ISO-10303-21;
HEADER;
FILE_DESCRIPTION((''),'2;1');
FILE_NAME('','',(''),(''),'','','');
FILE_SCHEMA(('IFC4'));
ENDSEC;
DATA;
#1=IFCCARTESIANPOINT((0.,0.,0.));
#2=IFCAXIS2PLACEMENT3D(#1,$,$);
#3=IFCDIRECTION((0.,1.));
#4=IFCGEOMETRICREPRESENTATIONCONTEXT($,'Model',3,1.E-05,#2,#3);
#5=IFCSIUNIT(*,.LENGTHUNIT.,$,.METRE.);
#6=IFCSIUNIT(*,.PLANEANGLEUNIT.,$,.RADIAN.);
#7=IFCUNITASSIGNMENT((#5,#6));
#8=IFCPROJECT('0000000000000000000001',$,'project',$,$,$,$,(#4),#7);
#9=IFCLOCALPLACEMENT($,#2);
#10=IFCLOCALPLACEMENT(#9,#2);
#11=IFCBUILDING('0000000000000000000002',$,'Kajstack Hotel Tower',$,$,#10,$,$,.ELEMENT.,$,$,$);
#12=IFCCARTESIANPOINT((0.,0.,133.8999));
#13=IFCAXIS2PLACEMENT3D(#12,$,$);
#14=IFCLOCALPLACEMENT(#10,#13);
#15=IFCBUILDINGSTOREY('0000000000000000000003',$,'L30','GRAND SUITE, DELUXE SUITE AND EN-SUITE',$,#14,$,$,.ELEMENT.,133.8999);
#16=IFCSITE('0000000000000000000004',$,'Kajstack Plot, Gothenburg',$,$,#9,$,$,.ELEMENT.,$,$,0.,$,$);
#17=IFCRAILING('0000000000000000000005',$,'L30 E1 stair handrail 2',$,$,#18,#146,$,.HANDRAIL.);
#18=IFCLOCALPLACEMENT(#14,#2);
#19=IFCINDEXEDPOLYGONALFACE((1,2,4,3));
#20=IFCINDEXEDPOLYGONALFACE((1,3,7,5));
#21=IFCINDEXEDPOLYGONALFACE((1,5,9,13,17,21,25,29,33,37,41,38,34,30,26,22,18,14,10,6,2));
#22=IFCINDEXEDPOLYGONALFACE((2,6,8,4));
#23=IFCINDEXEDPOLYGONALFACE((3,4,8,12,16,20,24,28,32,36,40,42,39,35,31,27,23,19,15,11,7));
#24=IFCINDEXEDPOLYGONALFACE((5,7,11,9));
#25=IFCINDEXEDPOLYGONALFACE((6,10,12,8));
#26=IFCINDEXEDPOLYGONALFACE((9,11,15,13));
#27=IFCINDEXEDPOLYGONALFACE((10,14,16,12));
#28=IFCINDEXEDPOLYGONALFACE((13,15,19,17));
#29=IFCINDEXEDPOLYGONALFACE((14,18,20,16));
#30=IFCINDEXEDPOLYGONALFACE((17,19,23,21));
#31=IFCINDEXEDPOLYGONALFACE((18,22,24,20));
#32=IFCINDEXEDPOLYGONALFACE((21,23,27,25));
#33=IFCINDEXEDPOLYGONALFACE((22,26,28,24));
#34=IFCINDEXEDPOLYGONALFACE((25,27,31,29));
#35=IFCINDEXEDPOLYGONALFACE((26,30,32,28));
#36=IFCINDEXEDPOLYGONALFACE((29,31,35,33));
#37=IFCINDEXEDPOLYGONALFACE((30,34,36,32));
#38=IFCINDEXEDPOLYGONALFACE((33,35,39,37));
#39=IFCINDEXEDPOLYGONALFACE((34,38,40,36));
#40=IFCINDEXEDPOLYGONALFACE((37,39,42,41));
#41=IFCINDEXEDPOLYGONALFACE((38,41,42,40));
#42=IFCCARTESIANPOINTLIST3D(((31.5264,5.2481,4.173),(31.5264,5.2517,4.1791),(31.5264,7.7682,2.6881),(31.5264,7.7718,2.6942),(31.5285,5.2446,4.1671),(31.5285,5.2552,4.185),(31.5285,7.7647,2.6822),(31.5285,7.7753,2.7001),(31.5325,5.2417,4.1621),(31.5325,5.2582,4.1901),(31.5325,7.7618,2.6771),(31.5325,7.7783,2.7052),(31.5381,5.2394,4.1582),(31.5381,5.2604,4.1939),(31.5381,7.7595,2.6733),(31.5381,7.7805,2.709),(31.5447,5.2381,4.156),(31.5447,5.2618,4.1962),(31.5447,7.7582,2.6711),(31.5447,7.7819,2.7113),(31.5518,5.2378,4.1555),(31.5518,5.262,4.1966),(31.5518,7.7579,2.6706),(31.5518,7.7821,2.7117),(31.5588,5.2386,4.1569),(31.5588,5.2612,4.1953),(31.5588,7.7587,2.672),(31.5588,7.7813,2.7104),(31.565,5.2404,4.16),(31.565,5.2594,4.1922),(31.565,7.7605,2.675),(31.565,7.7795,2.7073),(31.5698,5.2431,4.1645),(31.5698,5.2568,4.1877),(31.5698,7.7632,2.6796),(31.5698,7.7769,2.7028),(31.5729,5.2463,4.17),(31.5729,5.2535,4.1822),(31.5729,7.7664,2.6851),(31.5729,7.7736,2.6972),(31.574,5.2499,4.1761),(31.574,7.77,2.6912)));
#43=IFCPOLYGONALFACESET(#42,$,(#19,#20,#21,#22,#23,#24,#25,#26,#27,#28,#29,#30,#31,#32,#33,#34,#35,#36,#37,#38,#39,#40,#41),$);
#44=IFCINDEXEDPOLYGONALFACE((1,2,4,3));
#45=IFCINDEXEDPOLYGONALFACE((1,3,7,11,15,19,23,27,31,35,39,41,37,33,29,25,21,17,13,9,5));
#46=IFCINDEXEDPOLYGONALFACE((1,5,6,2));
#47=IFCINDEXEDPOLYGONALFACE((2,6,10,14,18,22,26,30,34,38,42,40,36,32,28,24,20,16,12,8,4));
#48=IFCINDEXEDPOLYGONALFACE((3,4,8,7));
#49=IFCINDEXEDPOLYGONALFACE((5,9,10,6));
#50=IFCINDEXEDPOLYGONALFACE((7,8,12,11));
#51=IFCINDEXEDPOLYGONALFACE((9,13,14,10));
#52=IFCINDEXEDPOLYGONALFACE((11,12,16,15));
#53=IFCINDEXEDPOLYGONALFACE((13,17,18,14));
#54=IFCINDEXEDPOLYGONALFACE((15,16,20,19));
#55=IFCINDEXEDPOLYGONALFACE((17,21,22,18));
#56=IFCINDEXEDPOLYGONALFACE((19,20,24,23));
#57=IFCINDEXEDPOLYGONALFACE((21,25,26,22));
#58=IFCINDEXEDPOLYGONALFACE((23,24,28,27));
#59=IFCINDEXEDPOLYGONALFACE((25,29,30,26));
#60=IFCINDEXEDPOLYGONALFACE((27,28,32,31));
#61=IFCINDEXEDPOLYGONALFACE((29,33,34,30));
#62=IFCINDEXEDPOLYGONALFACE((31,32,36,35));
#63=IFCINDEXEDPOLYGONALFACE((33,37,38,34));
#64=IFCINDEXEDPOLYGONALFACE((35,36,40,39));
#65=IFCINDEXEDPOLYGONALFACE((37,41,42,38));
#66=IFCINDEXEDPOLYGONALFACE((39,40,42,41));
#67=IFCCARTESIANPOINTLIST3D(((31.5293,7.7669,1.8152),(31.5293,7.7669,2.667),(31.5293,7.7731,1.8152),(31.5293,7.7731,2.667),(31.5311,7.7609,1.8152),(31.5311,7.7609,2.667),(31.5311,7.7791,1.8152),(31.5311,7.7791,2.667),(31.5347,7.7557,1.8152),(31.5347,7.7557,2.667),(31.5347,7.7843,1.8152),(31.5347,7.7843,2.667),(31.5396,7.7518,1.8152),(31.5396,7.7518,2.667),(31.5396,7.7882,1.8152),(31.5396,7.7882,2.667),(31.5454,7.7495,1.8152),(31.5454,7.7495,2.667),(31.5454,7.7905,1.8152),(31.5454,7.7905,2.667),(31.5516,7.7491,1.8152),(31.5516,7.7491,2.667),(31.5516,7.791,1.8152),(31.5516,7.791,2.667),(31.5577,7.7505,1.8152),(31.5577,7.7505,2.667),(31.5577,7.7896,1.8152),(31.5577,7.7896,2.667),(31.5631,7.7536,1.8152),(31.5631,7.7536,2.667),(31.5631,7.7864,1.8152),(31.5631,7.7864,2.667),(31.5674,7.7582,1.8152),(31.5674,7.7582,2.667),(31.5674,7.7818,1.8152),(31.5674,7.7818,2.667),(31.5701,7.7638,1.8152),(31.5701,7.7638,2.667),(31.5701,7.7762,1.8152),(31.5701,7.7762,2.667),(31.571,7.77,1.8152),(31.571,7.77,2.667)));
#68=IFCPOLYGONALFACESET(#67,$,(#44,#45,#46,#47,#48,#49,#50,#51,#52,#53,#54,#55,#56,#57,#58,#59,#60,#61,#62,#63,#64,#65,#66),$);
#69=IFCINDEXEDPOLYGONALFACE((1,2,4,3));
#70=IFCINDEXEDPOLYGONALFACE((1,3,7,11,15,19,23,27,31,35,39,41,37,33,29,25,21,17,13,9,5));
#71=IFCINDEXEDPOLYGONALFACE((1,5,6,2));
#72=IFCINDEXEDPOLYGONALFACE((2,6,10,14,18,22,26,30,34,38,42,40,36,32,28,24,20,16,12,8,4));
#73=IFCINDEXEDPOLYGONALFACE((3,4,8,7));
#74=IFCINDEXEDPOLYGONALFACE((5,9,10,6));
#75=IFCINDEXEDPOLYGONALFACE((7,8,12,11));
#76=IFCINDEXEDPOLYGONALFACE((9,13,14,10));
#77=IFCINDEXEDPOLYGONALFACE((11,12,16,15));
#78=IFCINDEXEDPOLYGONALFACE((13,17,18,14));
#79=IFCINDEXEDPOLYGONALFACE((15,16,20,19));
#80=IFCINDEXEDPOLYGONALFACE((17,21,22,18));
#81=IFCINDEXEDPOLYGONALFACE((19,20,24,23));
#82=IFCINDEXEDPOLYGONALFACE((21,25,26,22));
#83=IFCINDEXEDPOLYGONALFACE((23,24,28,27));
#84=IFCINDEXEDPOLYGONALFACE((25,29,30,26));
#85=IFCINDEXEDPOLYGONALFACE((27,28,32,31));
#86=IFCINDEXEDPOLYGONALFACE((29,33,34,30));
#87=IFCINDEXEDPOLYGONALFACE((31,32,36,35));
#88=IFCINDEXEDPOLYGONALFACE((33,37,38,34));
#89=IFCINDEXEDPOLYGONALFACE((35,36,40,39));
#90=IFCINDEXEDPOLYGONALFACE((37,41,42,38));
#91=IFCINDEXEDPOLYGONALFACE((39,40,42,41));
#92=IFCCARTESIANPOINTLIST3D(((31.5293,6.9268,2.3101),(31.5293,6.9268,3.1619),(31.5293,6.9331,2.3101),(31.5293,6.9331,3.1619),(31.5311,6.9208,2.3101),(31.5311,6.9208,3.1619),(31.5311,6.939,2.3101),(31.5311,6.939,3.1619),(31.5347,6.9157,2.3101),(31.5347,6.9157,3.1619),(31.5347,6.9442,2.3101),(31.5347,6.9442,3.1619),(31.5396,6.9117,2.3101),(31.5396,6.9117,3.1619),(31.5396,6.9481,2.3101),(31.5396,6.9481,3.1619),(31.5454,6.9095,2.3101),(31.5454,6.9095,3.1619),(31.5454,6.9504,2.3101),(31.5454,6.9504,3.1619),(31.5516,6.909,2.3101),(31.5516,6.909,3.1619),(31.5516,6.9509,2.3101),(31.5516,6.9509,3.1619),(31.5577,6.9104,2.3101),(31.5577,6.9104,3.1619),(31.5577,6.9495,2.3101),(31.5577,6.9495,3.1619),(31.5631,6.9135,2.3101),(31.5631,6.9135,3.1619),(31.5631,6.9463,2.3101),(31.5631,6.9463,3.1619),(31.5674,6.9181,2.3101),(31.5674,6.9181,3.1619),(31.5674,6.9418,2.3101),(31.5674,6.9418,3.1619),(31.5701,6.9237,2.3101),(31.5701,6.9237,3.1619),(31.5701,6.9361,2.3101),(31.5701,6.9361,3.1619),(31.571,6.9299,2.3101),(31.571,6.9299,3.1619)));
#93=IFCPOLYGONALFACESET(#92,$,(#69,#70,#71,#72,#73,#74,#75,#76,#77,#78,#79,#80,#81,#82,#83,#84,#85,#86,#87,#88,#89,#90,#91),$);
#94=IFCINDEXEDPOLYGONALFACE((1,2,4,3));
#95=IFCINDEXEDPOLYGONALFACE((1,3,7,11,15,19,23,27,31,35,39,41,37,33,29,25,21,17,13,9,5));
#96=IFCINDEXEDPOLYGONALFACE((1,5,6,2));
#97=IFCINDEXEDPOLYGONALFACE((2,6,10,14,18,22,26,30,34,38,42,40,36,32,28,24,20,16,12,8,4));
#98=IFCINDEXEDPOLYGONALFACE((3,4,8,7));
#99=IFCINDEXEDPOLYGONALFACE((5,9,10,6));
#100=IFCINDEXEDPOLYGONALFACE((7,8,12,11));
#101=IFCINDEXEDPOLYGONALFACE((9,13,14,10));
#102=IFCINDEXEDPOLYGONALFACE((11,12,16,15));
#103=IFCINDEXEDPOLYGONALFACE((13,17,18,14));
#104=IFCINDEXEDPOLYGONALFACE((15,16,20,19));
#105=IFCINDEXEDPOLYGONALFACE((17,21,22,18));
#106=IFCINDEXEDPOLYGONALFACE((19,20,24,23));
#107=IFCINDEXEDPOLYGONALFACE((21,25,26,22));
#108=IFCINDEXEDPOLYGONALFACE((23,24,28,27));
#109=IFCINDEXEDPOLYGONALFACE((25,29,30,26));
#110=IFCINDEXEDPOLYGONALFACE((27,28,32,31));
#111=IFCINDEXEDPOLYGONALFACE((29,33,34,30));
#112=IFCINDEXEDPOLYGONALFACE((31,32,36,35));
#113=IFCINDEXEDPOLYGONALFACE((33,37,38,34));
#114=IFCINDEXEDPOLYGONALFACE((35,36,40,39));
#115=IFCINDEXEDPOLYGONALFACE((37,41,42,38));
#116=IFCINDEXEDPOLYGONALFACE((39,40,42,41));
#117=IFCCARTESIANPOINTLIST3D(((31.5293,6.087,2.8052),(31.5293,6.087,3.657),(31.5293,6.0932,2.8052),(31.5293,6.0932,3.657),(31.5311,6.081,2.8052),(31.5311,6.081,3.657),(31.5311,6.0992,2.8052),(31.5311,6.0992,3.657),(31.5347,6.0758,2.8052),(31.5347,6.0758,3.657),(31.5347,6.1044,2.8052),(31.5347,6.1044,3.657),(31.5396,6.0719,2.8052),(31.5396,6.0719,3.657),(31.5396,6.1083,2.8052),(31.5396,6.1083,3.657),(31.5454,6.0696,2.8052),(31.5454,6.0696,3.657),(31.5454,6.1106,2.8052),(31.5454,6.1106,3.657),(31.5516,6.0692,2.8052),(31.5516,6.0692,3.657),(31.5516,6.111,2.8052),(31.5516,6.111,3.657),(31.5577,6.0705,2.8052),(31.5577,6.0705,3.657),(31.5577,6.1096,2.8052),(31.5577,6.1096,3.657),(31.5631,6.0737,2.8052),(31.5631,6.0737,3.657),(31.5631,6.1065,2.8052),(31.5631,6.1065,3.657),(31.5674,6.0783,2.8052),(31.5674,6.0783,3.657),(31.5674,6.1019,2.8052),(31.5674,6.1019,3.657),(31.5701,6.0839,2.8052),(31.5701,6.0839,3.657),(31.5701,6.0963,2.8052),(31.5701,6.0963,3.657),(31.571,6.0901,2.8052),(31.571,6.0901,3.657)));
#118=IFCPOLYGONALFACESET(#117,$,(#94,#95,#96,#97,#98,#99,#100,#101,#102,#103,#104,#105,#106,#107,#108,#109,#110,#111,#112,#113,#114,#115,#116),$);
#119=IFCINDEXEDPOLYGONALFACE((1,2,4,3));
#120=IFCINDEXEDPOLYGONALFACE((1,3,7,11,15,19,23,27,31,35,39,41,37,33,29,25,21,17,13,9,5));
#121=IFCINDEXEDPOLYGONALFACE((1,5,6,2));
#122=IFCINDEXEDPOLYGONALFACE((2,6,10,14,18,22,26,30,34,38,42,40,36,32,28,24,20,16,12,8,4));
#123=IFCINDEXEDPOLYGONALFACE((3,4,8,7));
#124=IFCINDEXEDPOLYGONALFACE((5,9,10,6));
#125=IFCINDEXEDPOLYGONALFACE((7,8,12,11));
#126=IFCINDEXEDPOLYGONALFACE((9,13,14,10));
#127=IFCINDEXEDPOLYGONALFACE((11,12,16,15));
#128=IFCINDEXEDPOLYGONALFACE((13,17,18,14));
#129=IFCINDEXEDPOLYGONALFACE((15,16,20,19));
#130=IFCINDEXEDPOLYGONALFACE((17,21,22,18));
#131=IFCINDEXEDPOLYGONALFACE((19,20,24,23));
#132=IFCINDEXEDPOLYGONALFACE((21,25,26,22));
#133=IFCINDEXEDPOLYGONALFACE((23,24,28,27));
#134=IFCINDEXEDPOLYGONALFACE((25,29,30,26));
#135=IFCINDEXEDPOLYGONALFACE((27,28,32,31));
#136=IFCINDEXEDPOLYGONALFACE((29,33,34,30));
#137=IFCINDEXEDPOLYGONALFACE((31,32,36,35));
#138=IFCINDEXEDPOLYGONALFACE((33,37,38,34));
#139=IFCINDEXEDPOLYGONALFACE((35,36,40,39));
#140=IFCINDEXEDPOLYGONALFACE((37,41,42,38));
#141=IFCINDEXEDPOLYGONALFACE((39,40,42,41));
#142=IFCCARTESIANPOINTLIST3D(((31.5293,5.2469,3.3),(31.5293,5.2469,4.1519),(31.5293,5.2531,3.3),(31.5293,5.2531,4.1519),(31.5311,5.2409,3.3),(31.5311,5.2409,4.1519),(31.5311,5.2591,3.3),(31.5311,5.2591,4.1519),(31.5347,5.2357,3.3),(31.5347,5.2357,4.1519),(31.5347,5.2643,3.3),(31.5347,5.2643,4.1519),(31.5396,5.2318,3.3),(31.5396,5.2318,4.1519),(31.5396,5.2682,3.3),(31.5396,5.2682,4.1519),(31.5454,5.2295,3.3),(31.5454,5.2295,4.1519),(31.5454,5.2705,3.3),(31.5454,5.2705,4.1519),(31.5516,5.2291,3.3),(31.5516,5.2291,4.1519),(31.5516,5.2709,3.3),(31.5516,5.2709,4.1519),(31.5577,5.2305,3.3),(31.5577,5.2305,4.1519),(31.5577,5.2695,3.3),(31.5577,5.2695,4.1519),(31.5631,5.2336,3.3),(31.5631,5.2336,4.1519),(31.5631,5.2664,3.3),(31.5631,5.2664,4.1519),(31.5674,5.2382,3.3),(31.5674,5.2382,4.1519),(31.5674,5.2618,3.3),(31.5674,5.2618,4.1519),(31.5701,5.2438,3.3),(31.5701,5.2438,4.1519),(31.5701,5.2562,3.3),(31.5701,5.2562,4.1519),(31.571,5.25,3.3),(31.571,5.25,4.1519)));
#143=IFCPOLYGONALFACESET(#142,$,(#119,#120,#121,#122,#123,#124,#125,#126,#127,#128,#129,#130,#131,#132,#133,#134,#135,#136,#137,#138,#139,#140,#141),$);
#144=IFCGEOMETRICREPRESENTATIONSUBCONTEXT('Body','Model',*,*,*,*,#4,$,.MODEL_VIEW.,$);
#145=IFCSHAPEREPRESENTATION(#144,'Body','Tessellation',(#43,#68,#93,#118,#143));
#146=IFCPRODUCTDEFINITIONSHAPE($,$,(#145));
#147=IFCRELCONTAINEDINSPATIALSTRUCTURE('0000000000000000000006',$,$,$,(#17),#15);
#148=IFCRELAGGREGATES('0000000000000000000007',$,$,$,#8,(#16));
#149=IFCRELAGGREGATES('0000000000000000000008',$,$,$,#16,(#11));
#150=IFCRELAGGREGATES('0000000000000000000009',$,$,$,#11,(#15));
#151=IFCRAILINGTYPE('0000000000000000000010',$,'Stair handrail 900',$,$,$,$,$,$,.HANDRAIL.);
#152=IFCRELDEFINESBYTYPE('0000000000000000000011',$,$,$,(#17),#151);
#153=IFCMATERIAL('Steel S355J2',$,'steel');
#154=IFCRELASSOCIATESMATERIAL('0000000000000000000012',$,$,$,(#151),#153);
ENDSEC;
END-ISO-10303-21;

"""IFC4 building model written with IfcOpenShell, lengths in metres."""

from ifc_helpers import new_model, si_unit, direction, frame, origin, origin_2d, place, context, subcontext, project, spatial, circle, extrude, material, type_object, element, save


model = new_model("IFC4")

# Units and contexts
model_context = context("Model", 3, precision=1e-05, world=origin(), true_north=direction((0.0, 1.0)))
body_context = subcontext(model_context, "Body", "Model", "MODEL_VIEW")
ifc_project = project(units=[si_unit("LENGTHUNIT", "METRE"), si_unit("PLANEANGLEUNIT", "RADIAN")], contexts=[model_context])

# Site, building, storey
site_placement = place(None, origin())
site = spatial("IfcSite", under=ifc_project, at=site_placement, Name="Kajstack Plot, Gothenburg", CompositionType="ELEMENT", RefElevation=0.0)
building_placement = place(site_placement, origin())
building = spatial("IfcBuilding", under=site, at=building_placement, Name="Kajstack Hotel Tower", CompositionType="ELEMENT")
storey_placement = place(building_placement, frame((0.0, 0.0, 133.8999)))
storey = spatial("IfcBuildingStorey", under=building, at=storey_placement, Name="L30", Description="GRAND SUITE, DELUXE SUITE AND EN-SUITE", CompositionType="ELEMENT", Elevation=133.8999)

# Railing
ifc_material_1 = material(Name="Steel S355J2", Category="steel")
railing_type_1 = type_object("IfcRailingType", Name="Stair handrail 900", PredefinedType="HANDRAIL", material=ifc_material_1)
railing_1_placement = place(storey_placement, frame((31.55, 7.77, 1.8152)))
element("IfcRailing", 1, at=railing_1_placement, inside=storey, type_object=railing_type_1, Name="L30 E1 stair handrail 2", PredefinedType="HANDRAIL", context=body_context, shape_type="SweptSolid", body=[
    extrude(circle(Radius=0.0239, at=origin_2d()), frame((0.0, 0.0, 0.876), z_axis=(0.0, -0.861561, 0.507655), x_axis=(1.0, 0.0, 0.0)), (0.0, 0.0, 1.0), 2.925),
    extrude(circle(Radius=0.021, at=origin_2d()), origin(), (0.0, 0.0, 1.0), 0.8518),
    extrude(circle(Radius=0.021, at=origin_2d()), frame((0.0, -0.8401, 0.4949)), (0.0, 0.0, 1.0), 0.8518),
    extrude(circle(Radius=0.021, at=origin_2d()), frame((0.0, -1.6799, 0.99)), (0.0, 0.0, 1.0), 0.8518),
    extrude(circle(Radius=0.021, at=origin_2d()), frame((0.0, -2.52, 1.4849)), (0.0, 0.0, 1.0), 0.8518),
])

save(model, "model.ifc")
